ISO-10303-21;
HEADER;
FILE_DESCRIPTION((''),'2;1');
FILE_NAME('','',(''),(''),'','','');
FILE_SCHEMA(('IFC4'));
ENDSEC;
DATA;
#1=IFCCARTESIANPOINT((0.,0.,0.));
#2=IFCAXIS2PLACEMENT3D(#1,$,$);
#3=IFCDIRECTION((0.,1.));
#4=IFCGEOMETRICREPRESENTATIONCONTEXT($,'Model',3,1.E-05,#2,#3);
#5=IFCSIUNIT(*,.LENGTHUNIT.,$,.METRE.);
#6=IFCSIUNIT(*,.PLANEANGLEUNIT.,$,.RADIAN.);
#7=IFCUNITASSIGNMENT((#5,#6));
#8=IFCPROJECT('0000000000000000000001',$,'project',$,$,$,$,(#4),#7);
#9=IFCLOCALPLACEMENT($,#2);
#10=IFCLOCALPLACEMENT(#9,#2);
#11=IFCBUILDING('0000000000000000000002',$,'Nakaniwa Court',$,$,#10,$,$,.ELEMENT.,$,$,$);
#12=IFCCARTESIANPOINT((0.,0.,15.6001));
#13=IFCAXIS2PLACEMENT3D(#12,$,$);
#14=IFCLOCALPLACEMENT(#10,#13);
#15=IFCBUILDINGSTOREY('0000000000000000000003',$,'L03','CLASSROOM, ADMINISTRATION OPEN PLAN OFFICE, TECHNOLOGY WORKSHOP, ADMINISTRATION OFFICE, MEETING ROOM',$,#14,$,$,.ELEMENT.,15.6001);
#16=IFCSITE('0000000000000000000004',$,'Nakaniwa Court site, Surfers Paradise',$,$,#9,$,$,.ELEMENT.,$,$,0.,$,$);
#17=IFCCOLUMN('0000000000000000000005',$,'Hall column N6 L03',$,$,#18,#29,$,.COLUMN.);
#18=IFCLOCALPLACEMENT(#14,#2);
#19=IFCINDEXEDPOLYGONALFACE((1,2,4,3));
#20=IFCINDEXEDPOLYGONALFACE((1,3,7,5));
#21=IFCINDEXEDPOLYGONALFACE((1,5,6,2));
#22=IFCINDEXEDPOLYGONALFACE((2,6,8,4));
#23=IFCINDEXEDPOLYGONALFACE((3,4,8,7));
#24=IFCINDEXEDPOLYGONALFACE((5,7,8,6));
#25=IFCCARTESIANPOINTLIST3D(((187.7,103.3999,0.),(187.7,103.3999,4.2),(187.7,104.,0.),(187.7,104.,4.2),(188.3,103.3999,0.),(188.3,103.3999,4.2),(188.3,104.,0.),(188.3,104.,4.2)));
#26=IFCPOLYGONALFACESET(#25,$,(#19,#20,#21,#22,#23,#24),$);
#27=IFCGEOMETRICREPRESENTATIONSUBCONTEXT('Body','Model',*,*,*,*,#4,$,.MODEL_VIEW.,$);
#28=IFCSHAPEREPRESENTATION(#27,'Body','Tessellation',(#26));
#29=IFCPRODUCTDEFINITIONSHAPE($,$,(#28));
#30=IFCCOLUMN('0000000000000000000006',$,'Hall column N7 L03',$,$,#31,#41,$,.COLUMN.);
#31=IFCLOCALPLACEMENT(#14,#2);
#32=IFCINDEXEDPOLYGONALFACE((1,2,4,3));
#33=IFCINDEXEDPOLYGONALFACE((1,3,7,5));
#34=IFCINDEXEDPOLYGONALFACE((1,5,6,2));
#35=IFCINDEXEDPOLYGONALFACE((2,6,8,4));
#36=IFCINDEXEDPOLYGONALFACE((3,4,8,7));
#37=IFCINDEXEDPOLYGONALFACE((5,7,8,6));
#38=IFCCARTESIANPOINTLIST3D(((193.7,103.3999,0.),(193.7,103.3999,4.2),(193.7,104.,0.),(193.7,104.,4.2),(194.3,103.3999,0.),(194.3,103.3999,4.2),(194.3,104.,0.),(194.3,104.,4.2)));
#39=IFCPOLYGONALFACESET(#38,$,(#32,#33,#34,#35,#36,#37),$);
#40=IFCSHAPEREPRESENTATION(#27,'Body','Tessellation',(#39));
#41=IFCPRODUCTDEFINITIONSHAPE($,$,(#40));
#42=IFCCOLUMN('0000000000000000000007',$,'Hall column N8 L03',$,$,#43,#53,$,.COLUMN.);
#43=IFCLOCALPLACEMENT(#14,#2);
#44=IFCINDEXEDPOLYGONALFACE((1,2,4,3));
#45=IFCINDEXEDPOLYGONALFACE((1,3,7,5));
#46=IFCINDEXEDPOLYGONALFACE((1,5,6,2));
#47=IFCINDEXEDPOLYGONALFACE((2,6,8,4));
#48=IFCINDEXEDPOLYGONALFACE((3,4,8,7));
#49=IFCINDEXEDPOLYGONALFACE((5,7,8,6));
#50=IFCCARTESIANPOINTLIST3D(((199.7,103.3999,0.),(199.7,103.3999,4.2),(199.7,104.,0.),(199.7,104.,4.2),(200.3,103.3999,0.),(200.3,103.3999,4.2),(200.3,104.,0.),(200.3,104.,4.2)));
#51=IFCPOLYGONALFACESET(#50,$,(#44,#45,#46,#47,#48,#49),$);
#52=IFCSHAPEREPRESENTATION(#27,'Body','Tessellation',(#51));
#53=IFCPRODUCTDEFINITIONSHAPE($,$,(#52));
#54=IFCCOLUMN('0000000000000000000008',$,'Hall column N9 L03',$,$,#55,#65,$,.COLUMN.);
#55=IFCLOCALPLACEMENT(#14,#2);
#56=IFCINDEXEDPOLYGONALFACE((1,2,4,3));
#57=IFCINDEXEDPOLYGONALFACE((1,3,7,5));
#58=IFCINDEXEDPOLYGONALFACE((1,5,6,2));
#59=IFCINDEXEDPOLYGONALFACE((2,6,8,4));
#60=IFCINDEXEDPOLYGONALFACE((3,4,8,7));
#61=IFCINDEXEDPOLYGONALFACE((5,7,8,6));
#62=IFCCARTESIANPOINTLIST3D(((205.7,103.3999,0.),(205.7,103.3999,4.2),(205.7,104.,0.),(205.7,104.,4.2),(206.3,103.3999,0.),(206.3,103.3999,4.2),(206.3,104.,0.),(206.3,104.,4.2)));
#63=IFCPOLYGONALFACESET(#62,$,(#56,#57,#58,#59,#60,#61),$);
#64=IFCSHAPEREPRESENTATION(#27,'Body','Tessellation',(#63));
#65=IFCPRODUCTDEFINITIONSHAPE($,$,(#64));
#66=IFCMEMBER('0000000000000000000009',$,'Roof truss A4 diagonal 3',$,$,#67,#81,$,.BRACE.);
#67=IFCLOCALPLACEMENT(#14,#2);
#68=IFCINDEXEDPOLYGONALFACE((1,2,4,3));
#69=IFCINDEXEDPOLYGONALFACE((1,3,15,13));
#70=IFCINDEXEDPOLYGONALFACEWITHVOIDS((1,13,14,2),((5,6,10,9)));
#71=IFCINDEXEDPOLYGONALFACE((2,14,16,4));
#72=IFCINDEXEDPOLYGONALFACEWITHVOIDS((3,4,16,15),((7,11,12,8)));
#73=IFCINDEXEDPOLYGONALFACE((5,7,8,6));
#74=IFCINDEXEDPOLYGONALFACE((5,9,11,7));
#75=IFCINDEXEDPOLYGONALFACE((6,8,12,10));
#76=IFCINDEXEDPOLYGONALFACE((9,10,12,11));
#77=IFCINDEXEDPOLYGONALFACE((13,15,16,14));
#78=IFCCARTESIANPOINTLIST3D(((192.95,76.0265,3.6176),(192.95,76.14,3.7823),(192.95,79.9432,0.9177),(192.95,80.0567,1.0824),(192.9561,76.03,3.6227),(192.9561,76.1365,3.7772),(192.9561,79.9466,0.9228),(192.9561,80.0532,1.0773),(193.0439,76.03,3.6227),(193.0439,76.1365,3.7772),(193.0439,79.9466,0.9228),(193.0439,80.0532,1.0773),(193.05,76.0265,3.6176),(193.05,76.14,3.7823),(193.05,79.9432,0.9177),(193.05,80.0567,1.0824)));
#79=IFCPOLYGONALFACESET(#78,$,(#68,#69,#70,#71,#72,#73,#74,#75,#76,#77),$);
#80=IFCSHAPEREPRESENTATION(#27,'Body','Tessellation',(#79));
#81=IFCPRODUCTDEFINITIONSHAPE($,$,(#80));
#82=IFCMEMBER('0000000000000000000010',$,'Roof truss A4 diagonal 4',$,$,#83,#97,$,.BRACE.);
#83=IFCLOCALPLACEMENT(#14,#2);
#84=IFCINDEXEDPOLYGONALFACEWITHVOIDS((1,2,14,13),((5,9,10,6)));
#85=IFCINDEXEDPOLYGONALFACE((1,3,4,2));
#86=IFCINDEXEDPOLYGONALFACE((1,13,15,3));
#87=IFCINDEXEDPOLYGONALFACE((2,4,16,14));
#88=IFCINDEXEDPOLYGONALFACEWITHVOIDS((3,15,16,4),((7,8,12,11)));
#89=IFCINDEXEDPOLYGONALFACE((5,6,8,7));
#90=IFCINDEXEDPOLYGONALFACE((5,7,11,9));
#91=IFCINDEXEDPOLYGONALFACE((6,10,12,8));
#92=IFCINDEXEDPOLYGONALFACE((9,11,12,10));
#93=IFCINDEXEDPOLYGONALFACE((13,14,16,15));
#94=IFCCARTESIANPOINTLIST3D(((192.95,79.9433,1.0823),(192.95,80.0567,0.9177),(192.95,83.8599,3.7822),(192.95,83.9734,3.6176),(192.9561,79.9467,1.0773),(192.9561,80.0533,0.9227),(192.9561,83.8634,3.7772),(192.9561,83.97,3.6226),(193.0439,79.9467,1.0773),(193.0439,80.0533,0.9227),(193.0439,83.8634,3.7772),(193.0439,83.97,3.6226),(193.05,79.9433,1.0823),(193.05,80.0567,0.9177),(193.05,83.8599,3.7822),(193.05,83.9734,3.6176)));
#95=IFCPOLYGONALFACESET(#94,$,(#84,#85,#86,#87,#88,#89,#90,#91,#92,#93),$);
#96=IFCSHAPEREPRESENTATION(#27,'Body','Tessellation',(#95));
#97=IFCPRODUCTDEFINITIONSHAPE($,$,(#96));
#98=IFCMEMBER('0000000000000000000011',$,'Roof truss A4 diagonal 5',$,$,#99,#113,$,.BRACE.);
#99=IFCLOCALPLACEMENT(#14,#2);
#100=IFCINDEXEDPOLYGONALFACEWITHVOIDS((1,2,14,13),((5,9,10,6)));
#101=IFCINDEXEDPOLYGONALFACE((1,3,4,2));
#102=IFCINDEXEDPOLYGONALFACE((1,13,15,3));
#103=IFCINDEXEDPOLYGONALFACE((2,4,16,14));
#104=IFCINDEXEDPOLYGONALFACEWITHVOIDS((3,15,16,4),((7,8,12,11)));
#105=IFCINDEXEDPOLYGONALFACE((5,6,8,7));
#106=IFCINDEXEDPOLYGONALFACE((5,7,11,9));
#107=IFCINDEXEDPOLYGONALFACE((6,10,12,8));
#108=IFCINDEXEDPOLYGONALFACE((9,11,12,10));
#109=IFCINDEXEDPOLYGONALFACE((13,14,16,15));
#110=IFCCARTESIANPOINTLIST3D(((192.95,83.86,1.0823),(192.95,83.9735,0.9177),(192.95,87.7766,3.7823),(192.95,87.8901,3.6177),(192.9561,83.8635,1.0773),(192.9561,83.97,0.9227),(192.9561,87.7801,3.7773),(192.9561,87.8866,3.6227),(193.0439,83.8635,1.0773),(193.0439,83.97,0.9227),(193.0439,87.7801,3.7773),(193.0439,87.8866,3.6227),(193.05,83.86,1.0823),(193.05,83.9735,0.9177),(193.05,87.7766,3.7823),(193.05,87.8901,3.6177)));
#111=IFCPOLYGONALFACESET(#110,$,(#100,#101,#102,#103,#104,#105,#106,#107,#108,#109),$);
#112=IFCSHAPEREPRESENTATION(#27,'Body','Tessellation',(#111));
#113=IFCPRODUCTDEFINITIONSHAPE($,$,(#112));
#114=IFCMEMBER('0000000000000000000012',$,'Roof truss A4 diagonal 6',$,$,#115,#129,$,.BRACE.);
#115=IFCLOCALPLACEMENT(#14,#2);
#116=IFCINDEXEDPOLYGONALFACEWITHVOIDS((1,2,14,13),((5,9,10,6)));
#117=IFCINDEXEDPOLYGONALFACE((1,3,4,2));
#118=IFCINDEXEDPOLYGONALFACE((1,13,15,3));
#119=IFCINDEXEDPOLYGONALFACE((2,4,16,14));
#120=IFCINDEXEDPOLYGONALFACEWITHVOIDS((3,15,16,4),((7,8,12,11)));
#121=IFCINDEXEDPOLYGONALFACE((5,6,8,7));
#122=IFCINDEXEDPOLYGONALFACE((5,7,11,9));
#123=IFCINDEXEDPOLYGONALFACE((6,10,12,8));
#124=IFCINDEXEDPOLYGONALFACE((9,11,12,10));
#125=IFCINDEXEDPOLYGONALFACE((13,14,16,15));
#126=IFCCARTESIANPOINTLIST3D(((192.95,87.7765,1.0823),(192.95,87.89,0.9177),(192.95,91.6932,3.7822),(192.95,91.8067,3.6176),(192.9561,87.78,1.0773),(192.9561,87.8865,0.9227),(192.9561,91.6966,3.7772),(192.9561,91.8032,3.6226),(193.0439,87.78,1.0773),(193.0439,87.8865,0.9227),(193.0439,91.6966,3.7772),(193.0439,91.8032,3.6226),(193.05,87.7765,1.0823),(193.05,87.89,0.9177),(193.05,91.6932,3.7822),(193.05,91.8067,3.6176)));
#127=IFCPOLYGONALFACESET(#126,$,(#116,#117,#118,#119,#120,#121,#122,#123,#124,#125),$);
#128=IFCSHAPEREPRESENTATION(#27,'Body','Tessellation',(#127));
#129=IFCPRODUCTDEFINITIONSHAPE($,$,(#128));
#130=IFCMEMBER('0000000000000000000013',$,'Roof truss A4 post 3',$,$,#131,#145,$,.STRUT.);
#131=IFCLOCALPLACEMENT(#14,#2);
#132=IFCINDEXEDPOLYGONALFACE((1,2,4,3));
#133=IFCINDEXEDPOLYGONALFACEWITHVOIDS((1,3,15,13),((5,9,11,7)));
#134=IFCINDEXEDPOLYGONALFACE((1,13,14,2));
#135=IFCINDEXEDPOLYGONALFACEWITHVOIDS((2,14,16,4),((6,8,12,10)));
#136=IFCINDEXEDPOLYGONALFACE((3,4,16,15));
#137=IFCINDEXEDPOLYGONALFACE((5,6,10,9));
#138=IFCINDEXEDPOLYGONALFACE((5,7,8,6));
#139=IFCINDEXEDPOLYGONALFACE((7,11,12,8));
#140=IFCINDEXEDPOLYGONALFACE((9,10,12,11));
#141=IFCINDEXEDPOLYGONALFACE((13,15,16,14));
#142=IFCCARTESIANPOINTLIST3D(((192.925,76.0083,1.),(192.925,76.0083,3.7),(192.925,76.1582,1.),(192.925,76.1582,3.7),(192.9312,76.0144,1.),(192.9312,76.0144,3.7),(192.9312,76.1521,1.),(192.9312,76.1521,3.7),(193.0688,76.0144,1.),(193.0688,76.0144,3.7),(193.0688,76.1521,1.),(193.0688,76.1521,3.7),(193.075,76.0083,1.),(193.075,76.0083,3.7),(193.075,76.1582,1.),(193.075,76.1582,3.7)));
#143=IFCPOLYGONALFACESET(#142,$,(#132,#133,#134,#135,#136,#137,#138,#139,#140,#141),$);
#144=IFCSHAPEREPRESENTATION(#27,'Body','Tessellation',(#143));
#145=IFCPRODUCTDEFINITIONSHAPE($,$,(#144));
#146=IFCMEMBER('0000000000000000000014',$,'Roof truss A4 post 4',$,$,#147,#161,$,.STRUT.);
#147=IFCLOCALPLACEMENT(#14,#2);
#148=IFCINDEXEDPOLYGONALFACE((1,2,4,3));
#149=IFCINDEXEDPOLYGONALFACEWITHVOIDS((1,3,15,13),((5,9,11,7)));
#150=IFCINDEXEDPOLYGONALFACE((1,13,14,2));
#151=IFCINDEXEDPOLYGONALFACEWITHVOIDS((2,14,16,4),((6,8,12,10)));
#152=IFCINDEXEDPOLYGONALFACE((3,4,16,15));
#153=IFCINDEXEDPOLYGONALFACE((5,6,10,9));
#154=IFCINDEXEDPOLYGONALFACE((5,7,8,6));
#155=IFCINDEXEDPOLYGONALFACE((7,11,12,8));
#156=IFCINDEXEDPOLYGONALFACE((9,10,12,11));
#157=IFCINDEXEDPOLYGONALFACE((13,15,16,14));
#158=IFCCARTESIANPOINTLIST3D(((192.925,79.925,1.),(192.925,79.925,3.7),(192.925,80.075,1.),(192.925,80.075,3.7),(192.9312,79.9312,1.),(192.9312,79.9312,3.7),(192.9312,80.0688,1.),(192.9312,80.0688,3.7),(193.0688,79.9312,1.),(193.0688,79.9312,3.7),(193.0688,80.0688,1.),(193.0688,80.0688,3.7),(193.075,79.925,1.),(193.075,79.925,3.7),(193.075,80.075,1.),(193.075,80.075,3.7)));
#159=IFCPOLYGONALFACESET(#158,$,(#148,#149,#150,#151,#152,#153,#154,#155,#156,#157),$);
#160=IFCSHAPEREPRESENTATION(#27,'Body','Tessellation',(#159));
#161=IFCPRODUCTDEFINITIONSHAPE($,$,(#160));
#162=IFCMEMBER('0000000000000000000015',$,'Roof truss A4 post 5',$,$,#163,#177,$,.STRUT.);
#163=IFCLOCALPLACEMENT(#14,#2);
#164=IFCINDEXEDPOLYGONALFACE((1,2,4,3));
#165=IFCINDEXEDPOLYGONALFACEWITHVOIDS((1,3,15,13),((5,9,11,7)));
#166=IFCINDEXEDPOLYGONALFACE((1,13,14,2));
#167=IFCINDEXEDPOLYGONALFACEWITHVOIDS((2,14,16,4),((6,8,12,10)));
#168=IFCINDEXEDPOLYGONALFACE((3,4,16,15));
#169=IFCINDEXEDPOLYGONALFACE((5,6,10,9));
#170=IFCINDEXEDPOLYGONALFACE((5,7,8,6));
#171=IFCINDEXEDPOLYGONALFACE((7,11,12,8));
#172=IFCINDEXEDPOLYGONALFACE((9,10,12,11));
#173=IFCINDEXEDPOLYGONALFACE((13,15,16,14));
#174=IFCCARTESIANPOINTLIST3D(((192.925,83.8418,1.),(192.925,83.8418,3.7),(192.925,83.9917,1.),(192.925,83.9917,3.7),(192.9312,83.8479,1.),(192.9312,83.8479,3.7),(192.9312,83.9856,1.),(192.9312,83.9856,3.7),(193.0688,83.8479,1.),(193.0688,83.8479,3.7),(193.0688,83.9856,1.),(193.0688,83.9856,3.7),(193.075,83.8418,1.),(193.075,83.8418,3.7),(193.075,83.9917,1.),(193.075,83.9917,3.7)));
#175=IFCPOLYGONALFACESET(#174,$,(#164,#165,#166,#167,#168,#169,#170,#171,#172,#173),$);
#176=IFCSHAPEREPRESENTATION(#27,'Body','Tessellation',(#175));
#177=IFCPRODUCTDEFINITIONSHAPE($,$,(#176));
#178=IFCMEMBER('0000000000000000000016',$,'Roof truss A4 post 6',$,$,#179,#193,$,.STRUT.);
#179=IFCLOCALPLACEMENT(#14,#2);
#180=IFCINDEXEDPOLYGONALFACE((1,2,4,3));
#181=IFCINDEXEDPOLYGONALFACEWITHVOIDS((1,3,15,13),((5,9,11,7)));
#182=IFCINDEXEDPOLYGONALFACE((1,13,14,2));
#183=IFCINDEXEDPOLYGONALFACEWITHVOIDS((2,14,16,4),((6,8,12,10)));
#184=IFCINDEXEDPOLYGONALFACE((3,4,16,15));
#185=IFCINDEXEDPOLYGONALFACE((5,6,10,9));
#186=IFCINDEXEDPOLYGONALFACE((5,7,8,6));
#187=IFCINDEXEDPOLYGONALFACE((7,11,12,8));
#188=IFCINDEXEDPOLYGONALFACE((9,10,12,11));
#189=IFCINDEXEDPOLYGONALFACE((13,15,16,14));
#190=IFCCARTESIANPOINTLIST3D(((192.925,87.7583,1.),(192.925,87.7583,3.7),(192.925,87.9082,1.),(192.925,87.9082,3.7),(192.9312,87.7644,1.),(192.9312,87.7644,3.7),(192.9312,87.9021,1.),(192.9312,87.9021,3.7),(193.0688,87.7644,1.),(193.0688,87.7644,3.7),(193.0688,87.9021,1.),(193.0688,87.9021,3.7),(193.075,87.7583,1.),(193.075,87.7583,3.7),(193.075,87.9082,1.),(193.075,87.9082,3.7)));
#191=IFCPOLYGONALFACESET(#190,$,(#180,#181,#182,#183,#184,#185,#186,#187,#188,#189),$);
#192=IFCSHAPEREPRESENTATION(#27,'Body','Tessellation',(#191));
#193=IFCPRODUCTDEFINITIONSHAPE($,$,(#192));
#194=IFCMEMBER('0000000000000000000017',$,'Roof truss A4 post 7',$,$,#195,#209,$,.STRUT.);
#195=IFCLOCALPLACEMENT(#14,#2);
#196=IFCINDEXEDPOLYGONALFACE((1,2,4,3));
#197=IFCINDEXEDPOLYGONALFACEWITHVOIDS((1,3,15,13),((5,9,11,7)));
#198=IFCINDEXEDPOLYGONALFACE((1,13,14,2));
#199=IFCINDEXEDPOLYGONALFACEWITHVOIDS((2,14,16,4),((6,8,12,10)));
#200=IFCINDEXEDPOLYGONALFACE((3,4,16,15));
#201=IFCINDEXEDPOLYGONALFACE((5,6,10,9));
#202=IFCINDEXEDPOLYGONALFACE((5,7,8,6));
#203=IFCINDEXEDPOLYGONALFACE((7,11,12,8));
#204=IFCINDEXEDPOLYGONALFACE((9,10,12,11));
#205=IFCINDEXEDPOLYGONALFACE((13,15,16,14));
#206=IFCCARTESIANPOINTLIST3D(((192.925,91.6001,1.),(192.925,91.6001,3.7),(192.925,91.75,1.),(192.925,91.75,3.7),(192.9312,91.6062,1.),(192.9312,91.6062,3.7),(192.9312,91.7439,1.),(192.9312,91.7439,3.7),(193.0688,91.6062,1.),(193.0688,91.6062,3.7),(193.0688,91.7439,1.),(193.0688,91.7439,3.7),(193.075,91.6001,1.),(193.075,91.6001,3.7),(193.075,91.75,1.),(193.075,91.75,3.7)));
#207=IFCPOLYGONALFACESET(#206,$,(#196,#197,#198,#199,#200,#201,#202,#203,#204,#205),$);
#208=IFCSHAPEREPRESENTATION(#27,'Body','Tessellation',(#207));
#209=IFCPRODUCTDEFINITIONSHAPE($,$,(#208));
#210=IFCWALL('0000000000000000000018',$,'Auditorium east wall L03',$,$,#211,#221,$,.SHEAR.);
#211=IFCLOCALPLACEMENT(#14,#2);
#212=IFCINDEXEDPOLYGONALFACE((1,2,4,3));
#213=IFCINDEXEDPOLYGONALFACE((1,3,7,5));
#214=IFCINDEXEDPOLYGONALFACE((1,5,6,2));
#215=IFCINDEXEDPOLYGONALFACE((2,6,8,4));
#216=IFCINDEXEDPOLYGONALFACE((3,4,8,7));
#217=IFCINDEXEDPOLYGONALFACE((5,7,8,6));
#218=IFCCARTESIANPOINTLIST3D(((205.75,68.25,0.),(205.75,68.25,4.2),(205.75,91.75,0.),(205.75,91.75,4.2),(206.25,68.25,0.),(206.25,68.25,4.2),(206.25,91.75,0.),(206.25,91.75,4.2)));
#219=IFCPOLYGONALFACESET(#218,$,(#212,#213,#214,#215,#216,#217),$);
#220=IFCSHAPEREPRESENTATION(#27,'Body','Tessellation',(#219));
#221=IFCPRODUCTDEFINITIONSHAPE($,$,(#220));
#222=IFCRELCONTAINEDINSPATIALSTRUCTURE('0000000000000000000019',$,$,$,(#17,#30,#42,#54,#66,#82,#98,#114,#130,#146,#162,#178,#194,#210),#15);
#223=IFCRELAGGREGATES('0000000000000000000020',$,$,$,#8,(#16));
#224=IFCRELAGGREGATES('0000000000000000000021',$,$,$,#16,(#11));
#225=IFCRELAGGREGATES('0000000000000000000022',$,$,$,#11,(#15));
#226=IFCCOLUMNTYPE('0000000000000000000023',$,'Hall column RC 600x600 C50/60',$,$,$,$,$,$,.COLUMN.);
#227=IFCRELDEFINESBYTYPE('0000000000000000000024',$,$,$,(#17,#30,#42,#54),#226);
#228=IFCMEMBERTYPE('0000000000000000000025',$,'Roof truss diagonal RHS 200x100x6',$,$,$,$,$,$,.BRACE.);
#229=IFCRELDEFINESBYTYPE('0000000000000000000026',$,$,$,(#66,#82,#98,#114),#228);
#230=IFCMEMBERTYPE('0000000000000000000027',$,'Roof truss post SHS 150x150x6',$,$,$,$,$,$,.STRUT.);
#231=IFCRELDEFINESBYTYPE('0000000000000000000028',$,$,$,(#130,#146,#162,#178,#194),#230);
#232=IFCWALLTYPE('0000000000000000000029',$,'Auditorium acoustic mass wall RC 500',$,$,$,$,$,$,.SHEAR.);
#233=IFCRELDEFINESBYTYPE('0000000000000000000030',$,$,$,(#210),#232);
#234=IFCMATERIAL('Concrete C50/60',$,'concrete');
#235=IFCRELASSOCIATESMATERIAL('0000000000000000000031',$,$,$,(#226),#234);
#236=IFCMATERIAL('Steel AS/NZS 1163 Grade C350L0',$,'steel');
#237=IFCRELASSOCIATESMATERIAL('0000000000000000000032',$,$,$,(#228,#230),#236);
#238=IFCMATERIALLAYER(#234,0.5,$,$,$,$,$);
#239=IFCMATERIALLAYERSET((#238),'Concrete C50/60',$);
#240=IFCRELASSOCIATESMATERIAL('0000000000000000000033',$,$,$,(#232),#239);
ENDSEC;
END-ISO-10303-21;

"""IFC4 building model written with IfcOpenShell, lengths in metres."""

from ifc_helpers import new_model, si_unit, direction, frame, frame_2d, origin, origin_2d, place, context, subcontext, project, spatial, rectangle, hollow_rectangle, extrude, material, layer, layer_set, material_profile, profile_set, type_object, element, save


model = new_model("IFC4")

# Units and contexts
model_context = context("Model", 3, precision=1e-05, world=origin(), true_north=direction((0.0, 1.0)))
body_context = subcontext(model_context, "Body", "Model", "MODEL_VIEW")
ifc_project = project(units=[si_unit("LENGTHUNIT", "METRE"), si_unit("PLANEANGLEUNIT", "RADIAN")], contexts=[model_context])

# Site, building, storey
site_placement = place(None, origin())
site = spatial("IfcSite", under=ifc_project, at=site_placement, Name="Nakaniwa Court site, Surfers Paradise", CompositionType="ELEMENT", RefElevation=0.0)
building_placement = place(site_placement, origin())
building = spatial("IfcBuilding", under=site, at=building_placement, Name="Nakaniwa Court", CompositionType="ELEMENT")
storey_placement = place(building_placement, frame((0.0, 0.0, 15.6001)))
storey = spatial("IfcBuildingStorey", under=building, at=storey_placement, Name="L03", Description="CLASSROOM, ADMINISTRATION OPEN PLAN OFFICE, TECHNOLOGY WORKSHOP, ADMINISTRATION OFFICE, MEETING ROOM", CompositionType="ELEMENT", Elevation=15.6001)

# Columns
ifc_material_1 = material(Name="Concrete C50/60", Category="concrete")
ifc_material_profile_1 = material_profile(ifc_material_1, rectangle(XDim=0.6001, YDim=0.6001, at=origin_2d()), Name="RC 600x600")
ifc_profile_set_1 = profile_set([ifc_material_profile_1], Name="Concrete C50/60")
column_type = type_object("IfcColumnType", Name="Hall column RC 600x600 C50/60", PredefinedType="COLUMN", material=ifc_profile_set_1)
for number, where, z_axis, x_axis, name in (
    (1, (188.0, 103.7, 0.0), (0.0, 0.0, 1.0), (1.0, 0.0, 0.0), "Hall column N6 L03"),
    (2, (194.0, 103.7, 0.0), (0.0, 0.0, 1.0), (1.0, 0.0, 0.0), "Hall column N7 L03"),
    (3, (200.0, 103.7, 0.0), (0.0, 0.0, 1.0), (1.0, 0.0, 0.0), "Hall column N8 L03"),
    (4, (206.0, 103.7, 0.0), (0.0, 0.0, 1.0), (1.0, 0.0, 0.0), "Hall column N9 L03"),
):
    element("IfcColumn", number, at=place(storey_placement, frame(where, z_axis=z_axis, x_axis=x_axis)), inside=storey, type_object=column_type, Name=name, PredefinedType="COLUMN", context=body_context, shape_type="SweptSolid", body=[
        extrude(rectangle(XDim=0.6001, YDim=0.6001, at=origin_2d()), origin(), (0.0, 0.0, 1.0), 4.2),
    ])

# Members
ifc_material_2 = material(Name="Steel AS/NZS 1163 Grade C350L0", Category="steel")
ifc_material_profile_2 = material_profile(ifc_material_2, hollow_rectangle(XDim=0.1001, YDim=0.2, WallThickness=0.0061, at=origin_2d()), Name="RHS 200x100x6")
ifc_profile_set_2 = profile_set([ifc_material_profile_2], Name="Steel AS/NZS 1163 Grade C350L0")
member_type_1 = type_object("IfcMemberType", Name="Roof truss diagonal RHS 200x100x6", PredefinedType="BRACE", material=ifc_profile_set_2)
for number, where, z_axis, x_axis, name in (
    (5, (193.0, 76.0833, 3.7), (0.0, 0.823336, -0.567554), (-1.0, 0.0, 0.0), "Roof truss A4 diagonal 3"),
    (6, (193.0, 80.0, 1.0), (0.0, 0.823336, 0.567554), (-1.0, 0.0, 0.0), "Roof truss A4 diagonal 4"),
    (7, (193.0, 83.9167, 1.0), (0.0, 0.823319, 0.567578), (-1.0, 0.0, 0.0), "Roof truss A4 diagonal 5"),
    (8, (193.0, 87.8333, 1.0), (0.0, 0.823336, 0.567554), (-1.0, 0.0, 0.0), "Roof truss A4 diagonal 6"),
):
    element("IfcMember", number, at=place(storey_placement, frame(where, z_axis=z_axis, x_axis=x_axis)), inside=storey, type_object=member_type_1, Name=name, PredefinedType="BRACE", context=body_context, shape_type="SweptSolid", body=[
        extrude(hollow_rectangle(XDim=0.1001, YDim=0.2, WallThickness=0.0061, at=origin_2d()), origin(), (0.0, 0.0, 1.0), 4.7571),
    ])
ifc_material_profile_3 = material_profile(ifc_material_2, hollow_rectangle(XDim=0.1499, YDim=0.1499, WallThickness=0.0061, at=origin_2d()), Name="SHS 150x150x6")
ifc_profile_set_3 = profile_set([ifc_material_profile_3], Name="Steel AS/NZS 1163 Grade C350L0")
member_type_2 = type_object("IfcMemberType", Name="Roof truss post SHS 150x150x6", PredefinedType="STRUT", material=ifc_profile_set_3)
for number, where, z_axis, x_axis, name in (
    (9, (193.0, 76.0833, 1.0), (0.0, 0.0, 1.0), (1.0, 0.0, 0.0), "Roof truss A4 post 3"),
    (10, (193.0, 80.0, 1.0), (0.0, 0.0, 1.0), (1.0, 0.0, 0.0), "Roof truss A4 post 4"),
    (11, (193.0, 83.9167, 1.0), (0.0, 0.0, 1.0), (1.0, 0.0, 0.0), "Roof truss A4 post 5"),
    (12, (193.0, 87.8333, 1.0), (0.0, 0.0, 1.0), (1.0, 0.0, 0.0), "Roof truss A4 post 6"),
    (13, (193.0, 91.675, 1.0), (0.0, 0.0, 1.0), (1.0, 0.0, 0.0), "Roof truss A4 post 7"),
):
    element("IfcMember", number, at=place(storey_placement, frame(where, z_axis=z_axis, x_axis=x_axis)), inside=storey, type_object=member_type_2, Name=name, PredefinedType="STRUT", context=body_context, shape_type="SweptSolid", body=[
        extrude(hollow_rectangle(XDim=0.1499, YDim=0.1499, WallThickness=0.0061, at=origin_2d()), origin(), (0.0, 0.0, 1.0), 2.7),
    ])

# Wall
ifc_layer_1 = layer(ifc_material_1, 0.5)
ifc_layer_set_1 = layer_set([ifc_layer_1], Name="Concrete C50/60")
wall_type_1 = type_object("IfcWallType", Name="Auditorium acoustic mass wall RC 500", PredefinedType="SHEAR", material=ifc_layer_set_1)
wall_1_placement = place(storey_placement, frame((206.0, 91.75, 0.0), z_axis=(0.0, 0.0, 1.0), x_axis=(0.0, -1.0, 0.0)))
element("IfcWall", 14, at=wall_1_placement, inside=storey, type_object=wall_type_1, Name="Auditorium east wall L03", PredefinedType="SHEAR", context=body_context, shape_type="SweptSolid", body=[
    extrude(rectangle(XDim=23.5, YDim=0.5, at=frame_2d((11.75, 0.0))), origin(), (0.0, 0.0, 1.0), 4.2),
])

save(model, "model.ifc")
